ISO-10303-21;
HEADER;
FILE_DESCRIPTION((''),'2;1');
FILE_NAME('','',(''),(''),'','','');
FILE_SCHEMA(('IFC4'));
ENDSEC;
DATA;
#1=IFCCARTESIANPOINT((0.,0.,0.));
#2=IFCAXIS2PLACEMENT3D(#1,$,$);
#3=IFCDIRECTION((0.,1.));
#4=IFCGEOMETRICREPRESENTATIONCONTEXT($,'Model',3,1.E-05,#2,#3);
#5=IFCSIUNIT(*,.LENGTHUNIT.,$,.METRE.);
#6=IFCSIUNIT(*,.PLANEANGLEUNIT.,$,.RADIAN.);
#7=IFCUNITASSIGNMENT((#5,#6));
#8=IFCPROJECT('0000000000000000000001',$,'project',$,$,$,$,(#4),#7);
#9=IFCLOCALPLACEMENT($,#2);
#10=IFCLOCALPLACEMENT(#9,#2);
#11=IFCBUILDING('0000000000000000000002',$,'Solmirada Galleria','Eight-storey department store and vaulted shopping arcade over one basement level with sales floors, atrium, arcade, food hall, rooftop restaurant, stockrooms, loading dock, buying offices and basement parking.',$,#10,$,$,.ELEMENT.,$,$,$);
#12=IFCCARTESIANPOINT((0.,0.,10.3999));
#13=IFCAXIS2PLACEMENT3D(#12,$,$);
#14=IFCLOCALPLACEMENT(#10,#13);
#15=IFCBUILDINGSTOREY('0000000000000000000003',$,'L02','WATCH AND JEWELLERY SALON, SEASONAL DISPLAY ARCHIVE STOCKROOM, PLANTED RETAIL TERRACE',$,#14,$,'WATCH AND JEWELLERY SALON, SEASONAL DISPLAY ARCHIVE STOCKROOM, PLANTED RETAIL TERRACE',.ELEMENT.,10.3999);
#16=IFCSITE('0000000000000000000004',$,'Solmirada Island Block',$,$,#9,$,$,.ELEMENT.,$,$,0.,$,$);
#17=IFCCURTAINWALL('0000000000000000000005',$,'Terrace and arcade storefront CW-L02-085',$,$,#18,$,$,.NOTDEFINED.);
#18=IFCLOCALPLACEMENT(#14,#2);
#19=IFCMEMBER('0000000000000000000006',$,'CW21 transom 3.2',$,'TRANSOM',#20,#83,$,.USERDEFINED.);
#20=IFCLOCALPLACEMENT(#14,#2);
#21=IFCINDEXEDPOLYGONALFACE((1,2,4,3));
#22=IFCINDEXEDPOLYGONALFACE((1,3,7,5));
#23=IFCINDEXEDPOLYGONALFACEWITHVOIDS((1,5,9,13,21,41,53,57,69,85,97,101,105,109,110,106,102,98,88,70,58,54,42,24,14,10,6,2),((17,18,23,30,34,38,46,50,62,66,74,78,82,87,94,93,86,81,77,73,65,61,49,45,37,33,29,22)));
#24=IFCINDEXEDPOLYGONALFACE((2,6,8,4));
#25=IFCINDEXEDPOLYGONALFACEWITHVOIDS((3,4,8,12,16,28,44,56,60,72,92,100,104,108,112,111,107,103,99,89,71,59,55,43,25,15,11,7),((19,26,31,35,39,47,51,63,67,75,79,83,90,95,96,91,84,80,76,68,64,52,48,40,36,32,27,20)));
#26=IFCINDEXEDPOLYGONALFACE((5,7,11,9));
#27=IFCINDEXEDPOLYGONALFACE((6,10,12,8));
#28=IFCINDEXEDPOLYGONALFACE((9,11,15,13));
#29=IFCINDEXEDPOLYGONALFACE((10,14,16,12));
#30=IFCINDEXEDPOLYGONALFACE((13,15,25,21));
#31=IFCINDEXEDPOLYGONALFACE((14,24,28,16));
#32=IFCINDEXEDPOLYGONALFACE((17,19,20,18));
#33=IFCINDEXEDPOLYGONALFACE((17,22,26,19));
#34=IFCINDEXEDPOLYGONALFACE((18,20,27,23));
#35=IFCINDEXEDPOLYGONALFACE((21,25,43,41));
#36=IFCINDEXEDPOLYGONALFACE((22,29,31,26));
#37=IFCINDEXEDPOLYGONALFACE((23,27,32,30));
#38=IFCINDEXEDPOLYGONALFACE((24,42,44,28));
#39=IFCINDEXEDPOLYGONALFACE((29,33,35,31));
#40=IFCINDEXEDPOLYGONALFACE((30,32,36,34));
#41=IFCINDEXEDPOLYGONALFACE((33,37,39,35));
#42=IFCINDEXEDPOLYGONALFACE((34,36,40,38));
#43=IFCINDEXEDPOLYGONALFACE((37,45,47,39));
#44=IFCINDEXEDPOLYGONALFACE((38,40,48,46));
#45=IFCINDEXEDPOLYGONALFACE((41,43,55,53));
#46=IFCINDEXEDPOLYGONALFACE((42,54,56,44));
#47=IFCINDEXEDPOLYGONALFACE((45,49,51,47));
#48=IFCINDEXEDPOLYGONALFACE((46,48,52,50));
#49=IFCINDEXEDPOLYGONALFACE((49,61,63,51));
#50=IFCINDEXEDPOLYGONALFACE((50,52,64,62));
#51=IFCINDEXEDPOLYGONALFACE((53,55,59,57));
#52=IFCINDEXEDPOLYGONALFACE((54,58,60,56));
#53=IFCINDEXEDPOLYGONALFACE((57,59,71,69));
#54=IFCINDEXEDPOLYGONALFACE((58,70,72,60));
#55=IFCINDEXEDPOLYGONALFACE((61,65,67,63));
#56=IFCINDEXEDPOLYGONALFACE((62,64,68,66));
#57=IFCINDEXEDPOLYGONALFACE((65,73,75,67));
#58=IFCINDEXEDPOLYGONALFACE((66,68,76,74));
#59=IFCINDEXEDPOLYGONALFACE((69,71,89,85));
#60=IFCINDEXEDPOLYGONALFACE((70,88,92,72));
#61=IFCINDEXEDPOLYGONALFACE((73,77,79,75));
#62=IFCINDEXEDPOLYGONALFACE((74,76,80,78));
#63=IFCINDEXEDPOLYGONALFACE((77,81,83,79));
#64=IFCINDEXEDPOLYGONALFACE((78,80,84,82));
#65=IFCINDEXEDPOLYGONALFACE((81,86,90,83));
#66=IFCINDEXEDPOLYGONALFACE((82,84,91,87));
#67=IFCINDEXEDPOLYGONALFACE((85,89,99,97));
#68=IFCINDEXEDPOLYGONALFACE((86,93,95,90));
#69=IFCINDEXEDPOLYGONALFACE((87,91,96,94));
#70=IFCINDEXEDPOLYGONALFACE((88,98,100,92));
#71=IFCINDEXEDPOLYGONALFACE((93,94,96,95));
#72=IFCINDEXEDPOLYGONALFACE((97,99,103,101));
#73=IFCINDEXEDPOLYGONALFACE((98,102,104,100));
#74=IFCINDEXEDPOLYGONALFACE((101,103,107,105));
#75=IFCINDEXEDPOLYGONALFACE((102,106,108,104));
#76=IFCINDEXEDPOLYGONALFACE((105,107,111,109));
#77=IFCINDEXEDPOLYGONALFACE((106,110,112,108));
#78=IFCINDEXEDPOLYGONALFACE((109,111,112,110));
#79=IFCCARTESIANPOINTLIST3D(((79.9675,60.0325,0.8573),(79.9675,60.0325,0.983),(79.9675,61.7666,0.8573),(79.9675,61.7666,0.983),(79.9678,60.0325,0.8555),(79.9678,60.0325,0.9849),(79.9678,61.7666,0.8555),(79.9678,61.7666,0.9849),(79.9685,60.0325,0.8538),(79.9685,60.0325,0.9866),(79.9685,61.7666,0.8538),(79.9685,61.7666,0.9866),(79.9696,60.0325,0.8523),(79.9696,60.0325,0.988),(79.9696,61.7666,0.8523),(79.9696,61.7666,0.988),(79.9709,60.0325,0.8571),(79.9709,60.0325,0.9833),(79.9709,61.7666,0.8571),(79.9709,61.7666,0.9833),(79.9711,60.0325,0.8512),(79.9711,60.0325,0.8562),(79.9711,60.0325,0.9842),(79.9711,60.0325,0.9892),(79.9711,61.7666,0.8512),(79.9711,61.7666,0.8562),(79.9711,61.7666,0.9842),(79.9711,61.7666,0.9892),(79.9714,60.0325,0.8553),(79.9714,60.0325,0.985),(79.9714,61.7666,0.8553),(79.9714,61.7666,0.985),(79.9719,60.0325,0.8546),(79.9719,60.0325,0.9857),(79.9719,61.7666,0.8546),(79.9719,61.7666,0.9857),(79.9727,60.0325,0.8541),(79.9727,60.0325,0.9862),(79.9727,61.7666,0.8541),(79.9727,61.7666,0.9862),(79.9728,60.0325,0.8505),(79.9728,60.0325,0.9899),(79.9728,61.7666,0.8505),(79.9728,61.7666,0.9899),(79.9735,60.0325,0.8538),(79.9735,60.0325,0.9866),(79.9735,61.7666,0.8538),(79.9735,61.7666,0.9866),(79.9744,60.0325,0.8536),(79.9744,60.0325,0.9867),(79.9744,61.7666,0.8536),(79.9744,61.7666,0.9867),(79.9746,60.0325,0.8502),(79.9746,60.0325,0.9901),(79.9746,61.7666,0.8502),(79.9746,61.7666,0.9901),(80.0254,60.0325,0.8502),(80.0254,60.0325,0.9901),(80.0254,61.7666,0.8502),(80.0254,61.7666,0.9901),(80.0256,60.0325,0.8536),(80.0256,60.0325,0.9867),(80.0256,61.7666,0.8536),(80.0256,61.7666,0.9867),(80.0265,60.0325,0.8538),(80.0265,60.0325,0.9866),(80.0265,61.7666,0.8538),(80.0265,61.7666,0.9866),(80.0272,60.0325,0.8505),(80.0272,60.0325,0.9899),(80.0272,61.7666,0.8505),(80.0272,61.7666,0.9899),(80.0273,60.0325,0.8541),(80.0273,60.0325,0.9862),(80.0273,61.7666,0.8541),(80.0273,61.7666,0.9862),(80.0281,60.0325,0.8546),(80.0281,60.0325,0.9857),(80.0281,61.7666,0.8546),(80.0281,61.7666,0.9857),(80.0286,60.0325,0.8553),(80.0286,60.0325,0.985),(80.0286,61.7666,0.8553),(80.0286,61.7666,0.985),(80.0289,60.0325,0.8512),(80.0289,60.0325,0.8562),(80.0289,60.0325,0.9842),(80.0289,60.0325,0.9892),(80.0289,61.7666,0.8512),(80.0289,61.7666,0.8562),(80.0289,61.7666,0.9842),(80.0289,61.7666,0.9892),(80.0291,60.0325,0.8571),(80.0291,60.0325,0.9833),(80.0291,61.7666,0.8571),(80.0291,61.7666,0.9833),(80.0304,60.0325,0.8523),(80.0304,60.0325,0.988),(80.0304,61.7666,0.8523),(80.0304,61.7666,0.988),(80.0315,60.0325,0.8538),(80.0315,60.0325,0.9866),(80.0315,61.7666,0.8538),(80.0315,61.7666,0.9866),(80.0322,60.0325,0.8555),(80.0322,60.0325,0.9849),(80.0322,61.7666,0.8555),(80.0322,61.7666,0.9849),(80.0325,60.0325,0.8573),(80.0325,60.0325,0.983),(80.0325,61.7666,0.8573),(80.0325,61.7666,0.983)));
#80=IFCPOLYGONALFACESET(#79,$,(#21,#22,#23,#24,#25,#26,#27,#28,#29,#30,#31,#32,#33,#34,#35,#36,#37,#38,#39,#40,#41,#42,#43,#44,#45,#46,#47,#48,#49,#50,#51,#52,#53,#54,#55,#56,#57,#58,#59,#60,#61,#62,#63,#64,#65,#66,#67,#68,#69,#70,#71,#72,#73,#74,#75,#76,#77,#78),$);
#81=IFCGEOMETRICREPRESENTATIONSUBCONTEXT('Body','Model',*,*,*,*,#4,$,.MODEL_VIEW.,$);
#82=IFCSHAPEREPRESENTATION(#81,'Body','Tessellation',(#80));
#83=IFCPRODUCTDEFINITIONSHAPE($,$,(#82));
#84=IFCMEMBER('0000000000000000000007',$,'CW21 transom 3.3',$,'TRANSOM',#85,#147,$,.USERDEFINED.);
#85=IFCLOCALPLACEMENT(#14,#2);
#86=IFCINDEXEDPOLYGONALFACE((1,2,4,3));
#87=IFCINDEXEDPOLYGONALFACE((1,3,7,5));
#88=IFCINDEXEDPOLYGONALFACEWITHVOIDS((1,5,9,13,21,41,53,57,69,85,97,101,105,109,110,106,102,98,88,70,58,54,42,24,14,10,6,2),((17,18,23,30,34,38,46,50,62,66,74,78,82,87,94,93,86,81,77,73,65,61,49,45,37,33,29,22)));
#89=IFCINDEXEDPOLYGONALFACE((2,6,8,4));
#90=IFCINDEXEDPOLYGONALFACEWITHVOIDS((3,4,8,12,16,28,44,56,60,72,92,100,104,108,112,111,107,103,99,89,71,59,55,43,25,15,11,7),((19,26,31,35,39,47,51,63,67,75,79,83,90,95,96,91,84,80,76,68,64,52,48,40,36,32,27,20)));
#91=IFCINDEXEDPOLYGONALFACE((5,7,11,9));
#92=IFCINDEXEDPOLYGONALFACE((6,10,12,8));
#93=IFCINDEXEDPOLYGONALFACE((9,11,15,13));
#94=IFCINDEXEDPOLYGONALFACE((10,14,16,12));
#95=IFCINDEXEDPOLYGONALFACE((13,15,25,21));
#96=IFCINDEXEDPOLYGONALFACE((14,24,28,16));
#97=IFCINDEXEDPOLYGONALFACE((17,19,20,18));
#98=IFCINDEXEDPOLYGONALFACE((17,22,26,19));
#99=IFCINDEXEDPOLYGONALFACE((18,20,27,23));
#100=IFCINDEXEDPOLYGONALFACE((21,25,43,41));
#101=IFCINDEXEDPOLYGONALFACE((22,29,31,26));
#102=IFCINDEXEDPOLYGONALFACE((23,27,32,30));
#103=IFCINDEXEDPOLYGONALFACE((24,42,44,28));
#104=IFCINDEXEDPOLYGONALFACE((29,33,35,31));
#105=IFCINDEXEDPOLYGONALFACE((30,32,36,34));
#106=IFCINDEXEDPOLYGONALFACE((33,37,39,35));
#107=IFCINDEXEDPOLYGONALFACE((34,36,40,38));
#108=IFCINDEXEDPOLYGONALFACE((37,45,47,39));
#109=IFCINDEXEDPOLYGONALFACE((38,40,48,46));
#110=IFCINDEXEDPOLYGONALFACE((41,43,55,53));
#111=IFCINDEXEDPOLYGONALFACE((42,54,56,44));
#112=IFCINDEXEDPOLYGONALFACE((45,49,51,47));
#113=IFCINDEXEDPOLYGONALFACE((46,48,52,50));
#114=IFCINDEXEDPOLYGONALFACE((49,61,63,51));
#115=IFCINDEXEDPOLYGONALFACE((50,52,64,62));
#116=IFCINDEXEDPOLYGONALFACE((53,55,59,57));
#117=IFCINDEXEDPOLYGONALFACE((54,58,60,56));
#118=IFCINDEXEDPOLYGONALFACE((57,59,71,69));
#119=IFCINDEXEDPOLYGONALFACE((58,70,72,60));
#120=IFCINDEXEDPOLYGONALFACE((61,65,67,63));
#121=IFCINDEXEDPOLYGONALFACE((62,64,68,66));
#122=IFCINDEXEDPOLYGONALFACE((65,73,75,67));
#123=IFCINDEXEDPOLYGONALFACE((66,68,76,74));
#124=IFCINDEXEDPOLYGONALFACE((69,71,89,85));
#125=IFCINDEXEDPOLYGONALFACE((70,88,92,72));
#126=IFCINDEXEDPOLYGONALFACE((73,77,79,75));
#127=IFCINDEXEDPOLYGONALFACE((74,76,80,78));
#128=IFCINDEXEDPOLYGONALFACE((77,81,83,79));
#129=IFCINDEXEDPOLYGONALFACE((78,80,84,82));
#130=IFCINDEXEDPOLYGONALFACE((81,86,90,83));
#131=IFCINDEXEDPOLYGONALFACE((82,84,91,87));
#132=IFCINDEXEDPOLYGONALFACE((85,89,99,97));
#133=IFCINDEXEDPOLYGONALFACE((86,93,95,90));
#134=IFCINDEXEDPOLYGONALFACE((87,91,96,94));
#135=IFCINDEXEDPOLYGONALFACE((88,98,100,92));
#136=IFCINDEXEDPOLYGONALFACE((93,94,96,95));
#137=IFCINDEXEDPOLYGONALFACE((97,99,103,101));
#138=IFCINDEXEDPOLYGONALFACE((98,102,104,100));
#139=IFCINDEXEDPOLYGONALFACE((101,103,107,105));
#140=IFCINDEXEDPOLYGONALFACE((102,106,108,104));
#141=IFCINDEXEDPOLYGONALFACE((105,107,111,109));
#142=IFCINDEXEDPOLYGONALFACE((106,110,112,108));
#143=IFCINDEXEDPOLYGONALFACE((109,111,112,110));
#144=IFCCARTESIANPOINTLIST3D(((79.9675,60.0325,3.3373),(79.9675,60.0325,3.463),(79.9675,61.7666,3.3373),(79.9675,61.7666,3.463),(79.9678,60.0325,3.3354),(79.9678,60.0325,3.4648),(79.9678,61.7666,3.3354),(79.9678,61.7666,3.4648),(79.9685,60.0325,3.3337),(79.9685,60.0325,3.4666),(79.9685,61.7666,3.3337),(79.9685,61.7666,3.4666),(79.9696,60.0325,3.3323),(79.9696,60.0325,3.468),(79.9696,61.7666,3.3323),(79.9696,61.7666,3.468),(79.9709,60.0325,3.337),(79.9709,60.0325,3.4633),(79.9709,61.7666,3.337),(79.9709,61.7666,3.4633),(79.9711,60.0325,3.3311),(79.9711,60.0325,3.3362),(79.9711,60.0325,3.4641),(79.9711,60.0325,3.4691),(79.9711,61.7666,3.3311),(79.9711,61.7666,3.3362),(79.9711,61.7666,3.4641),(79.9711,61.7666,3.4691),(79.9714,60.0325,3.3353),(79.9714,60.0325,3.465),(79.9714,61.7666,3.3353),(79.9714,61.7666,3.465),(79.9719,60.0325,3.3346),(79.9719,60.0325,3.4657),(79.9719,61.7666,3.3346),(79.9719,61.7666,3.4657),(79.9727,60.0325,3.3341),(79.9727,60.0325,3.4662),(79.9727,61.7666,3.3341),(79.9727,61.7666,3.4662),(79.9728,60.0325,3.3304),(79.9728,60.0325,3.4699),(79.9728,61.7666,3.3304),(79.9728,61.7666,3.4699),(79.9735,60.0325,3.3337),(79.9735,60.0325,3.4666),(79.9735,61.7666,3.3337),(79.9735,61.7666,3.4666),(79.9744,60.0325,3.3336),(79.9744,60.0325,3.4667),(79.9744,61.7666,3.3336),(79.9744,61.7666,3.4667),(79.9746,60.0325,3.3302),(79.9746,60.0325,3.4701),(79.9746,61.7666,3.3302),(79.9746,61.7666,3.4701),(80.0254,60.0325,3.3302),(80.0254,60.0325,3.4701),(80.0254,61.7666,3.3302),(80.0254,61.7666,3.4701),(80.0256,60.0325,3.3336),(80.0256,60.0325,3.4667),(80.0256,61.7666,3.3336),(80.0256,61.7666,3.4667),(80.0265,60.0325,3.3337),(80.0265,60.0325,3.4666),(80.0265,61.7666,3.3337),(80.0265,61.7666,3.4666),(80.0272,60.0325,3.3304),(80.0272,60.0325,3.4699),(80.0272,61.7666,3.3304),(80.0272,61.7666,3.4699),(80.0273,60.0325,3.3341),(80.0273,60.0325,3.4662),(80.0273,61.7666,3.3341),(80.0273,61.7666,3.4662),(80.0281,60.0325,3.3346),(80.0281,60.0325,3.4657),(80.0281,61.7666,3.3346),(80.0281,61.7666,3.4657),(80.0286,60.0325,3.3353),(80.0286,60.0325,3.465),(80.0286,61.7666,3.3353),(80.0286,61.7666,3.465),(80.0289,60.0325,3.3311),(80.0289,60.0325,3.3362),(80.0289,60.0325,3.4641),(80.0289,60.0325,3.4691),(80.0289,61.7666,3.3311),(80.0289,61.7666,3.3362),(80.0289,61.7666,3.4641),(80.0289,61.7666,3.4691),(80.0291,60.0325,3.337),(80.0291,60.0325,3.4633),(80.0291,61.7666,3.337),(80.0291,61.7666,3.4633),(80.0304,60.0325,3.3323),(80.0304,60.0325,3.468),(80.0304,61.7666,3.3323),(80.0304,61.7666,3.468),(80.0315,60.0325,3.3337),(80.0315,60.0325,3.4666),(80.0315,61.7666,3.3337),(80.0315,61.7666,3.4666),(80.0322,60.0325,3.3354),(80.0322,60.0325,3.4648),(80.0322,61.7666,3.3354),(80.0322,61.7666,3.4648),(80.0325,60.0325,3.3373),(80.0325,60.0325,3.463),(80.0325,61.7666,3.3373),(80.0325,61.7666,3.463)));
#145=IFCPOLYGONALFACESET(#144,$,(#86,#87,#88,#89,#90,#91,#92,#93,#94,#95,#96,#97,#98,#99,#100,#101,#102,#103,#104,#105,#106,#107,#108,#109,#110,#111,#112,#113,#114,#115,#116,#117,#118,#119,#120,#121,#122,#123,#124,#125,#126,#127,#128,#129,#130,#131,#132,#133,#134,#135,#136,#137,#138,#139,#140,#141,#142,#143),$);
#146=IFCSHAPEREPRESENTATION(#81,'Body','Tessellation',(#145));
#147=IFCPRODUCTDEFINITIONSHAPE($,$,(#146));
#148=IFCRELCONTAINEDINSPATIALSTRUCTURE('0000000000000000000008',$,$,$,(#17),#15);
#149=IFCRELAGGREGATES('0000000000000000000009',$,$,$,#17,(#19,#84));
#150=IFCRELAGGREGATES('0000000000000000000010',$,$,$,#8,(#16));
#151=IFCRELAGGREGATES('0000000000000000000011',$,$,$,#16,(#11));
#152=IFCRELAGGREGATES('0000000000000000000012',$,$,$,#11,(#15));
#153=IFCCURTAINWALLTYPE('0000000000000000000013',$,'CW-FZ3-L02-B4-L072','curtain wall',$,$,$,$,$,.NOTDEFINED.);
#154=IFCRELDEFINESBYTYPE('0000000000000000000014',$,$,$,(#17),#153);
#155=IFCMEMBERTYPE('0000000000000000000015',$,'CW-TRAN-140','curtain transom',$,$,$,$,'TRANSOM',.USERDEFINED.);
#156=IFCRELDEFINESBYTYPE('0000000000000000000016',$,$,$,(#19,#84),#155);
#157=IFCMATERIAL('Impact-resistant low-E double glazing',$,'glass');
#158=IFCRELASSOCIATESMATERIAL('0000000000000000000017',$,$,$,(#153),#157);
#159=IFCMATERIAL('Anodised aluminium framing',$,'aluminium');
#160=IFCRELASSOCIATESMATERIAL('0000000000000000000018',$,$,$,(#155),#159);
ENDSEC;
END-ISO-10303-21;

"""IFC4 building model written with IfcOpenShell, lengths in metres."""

from ifc_helpers import new_model, si_unit, direction, frame, origin, origin_2d, place, context, subcontext, project, spatial, hollow_rectangle, extrude, material, material_profile, profile_set, type_object, element, aggregate, save


model = new_model("IFC4")

# Units and contexts
model_context = context("Model", 3, precision=1e-05, world=origin(), true_north=direction((0.0, 1.0)))
body_context = subcontext(model_context, "Body", "Model", "MODEL_VIEW")
ifc_project = project(units=[si_unit("LENGTHUNIT", "METRE"), si_unit("PLANEANGLEUNIT", "RADIAN")], contexts=[model_context])

# Site, building, storey
site_placement = place(None, origin())
site = spatial("IfcSite", under=ifc_project, at=site_placement, Name="Solmirada Island Block", CompositionType="ELEMENT", RefElevation=0.0)
building_placement = place(site_placement, origin())
building = spatial("IfcBuilding", under=site, at=building_placement, Name="Solmirada Galleria", Description="Eight-storey department store and vaulted shopping arcade over one basement level with sales floors, atrium, arcade, food hall, rooftop restaurant, stockrooms, loading dock, buying offices and basement parking.", CompositionType="ELEMENT")
storey_placement = place(building_placement, frame((0.0, 0.0, 10.3999)))
storey = spatial("IfcBuildingStorey", under=building, at=storey_placement, Name="L02", Description="WATCH AND JEWELLERY SALON, SEASONAL DISPLAY ARCHIVE STOCKROOM, PLANTED RETAIL TERRACE", LongName="WATCH AND JEWELLERY SALON, SEASONAL DISPLAY ARCHIVE STOCKROOM, PLANTED RETAIL TERRACE", CompositionType="ELEMENT", Elevation=10.3999)

# Shared definitions
ifc_material_1 = material(Name="Impact-resistant low-E double glazing", Category="glass")
curtain_wall_type = type_object("IfcCurtainWallType", Name="CW-FZ3-L02-B4-L072", Description="curtain wall", PredefinedType="NOTDEFINED", material=ifc_material_1)
ifc_material_2 = material(Name="Anodised aluminium framing", Category="aluminium")

# Curtain wall
curtain_wall_1_placement = place(storey_placement, origin())
curtain_wall_1 = element("IfcCurtainWall", 1, at=curtain_wall_1_placement, inside=storey, type_object=curtain_wall_type, Name="Terrace and arcade storefront CW-L02-085", PredefinedType="NOTDEFINED")

# Members
ifc_material_profile_1 = material_profile(ifc_material_2, hollow_rectangle(XDim=0.0649, YDim=0.1399, WallThickness=0.0034, InnerFilletRadius=0.0034, OuterFilletRadius=0.0071, at=origin_2d()), Name="ALU-TRAN-140X65")
ifc_profile_set_1 = profile_set([ifc_material_profile_1], Name="Anodised aluminium framing")
member_type_1 = type_object("IfcMemberType", Name="CW-TRAN-140", Description="curtain transom", ElementType="TRANSOM", PredefinedType="USERDEFINED", material=ifc_profile_set_1)
member_1_placement = place(storey_placement, frame((80.0, 60.0325, 0.9202), z_axis=(0.0, 1.0, 0.0), x_axis=(-1.0, 0.0, 0.0)))
member_1 = element("IfcMember", 2, at=member_1_placement, type_object=member_type_1, Name="CW21 transom 3.2", ObjectType="TRANSOM", PredefinedType="USERDEFINED", context=body_context, shape_type="SweptSolid", body=[
    extrude(hollow_rectangle(XDim=0.0649, YDim=0.1399, WallThickness=0.0034, InnerFilletRadius=0.0034, OuterFilletRadius=0.0071, at=origin_2d()), origin(), (0.0, 0.0, 1.0), 1.7341),
])
member_2_placement = place(storey_placement, frame((80.0, 60.0325, 3.4001), z_axis=(0.0, 1.0, 0.0), x_axis=(-1.0, 0.0, 0.0)))
member_2 = element("IfcMember", 3, at=member_2_placement, type_object=member_type_1, Name="CW21 transom 3.3", ObjectType="TRANSOM", PredefinedType="USERDEFINED", context=body_context, shape_type="SweptSolid", body=[
    extrude(hollow_rectangle(XDim=0.0649, YDim=0.1399, WallThickness=0.0034, InnerFilletRadius=0.0034, OuterFilletRadius=0.0071, at=origin_2d()), origin(), (0.0, 0.0, 1.0), 1.7341),
])

aggregate(curtain_wall_1, [member_1, member_2])

save(model, "model.ifc")
